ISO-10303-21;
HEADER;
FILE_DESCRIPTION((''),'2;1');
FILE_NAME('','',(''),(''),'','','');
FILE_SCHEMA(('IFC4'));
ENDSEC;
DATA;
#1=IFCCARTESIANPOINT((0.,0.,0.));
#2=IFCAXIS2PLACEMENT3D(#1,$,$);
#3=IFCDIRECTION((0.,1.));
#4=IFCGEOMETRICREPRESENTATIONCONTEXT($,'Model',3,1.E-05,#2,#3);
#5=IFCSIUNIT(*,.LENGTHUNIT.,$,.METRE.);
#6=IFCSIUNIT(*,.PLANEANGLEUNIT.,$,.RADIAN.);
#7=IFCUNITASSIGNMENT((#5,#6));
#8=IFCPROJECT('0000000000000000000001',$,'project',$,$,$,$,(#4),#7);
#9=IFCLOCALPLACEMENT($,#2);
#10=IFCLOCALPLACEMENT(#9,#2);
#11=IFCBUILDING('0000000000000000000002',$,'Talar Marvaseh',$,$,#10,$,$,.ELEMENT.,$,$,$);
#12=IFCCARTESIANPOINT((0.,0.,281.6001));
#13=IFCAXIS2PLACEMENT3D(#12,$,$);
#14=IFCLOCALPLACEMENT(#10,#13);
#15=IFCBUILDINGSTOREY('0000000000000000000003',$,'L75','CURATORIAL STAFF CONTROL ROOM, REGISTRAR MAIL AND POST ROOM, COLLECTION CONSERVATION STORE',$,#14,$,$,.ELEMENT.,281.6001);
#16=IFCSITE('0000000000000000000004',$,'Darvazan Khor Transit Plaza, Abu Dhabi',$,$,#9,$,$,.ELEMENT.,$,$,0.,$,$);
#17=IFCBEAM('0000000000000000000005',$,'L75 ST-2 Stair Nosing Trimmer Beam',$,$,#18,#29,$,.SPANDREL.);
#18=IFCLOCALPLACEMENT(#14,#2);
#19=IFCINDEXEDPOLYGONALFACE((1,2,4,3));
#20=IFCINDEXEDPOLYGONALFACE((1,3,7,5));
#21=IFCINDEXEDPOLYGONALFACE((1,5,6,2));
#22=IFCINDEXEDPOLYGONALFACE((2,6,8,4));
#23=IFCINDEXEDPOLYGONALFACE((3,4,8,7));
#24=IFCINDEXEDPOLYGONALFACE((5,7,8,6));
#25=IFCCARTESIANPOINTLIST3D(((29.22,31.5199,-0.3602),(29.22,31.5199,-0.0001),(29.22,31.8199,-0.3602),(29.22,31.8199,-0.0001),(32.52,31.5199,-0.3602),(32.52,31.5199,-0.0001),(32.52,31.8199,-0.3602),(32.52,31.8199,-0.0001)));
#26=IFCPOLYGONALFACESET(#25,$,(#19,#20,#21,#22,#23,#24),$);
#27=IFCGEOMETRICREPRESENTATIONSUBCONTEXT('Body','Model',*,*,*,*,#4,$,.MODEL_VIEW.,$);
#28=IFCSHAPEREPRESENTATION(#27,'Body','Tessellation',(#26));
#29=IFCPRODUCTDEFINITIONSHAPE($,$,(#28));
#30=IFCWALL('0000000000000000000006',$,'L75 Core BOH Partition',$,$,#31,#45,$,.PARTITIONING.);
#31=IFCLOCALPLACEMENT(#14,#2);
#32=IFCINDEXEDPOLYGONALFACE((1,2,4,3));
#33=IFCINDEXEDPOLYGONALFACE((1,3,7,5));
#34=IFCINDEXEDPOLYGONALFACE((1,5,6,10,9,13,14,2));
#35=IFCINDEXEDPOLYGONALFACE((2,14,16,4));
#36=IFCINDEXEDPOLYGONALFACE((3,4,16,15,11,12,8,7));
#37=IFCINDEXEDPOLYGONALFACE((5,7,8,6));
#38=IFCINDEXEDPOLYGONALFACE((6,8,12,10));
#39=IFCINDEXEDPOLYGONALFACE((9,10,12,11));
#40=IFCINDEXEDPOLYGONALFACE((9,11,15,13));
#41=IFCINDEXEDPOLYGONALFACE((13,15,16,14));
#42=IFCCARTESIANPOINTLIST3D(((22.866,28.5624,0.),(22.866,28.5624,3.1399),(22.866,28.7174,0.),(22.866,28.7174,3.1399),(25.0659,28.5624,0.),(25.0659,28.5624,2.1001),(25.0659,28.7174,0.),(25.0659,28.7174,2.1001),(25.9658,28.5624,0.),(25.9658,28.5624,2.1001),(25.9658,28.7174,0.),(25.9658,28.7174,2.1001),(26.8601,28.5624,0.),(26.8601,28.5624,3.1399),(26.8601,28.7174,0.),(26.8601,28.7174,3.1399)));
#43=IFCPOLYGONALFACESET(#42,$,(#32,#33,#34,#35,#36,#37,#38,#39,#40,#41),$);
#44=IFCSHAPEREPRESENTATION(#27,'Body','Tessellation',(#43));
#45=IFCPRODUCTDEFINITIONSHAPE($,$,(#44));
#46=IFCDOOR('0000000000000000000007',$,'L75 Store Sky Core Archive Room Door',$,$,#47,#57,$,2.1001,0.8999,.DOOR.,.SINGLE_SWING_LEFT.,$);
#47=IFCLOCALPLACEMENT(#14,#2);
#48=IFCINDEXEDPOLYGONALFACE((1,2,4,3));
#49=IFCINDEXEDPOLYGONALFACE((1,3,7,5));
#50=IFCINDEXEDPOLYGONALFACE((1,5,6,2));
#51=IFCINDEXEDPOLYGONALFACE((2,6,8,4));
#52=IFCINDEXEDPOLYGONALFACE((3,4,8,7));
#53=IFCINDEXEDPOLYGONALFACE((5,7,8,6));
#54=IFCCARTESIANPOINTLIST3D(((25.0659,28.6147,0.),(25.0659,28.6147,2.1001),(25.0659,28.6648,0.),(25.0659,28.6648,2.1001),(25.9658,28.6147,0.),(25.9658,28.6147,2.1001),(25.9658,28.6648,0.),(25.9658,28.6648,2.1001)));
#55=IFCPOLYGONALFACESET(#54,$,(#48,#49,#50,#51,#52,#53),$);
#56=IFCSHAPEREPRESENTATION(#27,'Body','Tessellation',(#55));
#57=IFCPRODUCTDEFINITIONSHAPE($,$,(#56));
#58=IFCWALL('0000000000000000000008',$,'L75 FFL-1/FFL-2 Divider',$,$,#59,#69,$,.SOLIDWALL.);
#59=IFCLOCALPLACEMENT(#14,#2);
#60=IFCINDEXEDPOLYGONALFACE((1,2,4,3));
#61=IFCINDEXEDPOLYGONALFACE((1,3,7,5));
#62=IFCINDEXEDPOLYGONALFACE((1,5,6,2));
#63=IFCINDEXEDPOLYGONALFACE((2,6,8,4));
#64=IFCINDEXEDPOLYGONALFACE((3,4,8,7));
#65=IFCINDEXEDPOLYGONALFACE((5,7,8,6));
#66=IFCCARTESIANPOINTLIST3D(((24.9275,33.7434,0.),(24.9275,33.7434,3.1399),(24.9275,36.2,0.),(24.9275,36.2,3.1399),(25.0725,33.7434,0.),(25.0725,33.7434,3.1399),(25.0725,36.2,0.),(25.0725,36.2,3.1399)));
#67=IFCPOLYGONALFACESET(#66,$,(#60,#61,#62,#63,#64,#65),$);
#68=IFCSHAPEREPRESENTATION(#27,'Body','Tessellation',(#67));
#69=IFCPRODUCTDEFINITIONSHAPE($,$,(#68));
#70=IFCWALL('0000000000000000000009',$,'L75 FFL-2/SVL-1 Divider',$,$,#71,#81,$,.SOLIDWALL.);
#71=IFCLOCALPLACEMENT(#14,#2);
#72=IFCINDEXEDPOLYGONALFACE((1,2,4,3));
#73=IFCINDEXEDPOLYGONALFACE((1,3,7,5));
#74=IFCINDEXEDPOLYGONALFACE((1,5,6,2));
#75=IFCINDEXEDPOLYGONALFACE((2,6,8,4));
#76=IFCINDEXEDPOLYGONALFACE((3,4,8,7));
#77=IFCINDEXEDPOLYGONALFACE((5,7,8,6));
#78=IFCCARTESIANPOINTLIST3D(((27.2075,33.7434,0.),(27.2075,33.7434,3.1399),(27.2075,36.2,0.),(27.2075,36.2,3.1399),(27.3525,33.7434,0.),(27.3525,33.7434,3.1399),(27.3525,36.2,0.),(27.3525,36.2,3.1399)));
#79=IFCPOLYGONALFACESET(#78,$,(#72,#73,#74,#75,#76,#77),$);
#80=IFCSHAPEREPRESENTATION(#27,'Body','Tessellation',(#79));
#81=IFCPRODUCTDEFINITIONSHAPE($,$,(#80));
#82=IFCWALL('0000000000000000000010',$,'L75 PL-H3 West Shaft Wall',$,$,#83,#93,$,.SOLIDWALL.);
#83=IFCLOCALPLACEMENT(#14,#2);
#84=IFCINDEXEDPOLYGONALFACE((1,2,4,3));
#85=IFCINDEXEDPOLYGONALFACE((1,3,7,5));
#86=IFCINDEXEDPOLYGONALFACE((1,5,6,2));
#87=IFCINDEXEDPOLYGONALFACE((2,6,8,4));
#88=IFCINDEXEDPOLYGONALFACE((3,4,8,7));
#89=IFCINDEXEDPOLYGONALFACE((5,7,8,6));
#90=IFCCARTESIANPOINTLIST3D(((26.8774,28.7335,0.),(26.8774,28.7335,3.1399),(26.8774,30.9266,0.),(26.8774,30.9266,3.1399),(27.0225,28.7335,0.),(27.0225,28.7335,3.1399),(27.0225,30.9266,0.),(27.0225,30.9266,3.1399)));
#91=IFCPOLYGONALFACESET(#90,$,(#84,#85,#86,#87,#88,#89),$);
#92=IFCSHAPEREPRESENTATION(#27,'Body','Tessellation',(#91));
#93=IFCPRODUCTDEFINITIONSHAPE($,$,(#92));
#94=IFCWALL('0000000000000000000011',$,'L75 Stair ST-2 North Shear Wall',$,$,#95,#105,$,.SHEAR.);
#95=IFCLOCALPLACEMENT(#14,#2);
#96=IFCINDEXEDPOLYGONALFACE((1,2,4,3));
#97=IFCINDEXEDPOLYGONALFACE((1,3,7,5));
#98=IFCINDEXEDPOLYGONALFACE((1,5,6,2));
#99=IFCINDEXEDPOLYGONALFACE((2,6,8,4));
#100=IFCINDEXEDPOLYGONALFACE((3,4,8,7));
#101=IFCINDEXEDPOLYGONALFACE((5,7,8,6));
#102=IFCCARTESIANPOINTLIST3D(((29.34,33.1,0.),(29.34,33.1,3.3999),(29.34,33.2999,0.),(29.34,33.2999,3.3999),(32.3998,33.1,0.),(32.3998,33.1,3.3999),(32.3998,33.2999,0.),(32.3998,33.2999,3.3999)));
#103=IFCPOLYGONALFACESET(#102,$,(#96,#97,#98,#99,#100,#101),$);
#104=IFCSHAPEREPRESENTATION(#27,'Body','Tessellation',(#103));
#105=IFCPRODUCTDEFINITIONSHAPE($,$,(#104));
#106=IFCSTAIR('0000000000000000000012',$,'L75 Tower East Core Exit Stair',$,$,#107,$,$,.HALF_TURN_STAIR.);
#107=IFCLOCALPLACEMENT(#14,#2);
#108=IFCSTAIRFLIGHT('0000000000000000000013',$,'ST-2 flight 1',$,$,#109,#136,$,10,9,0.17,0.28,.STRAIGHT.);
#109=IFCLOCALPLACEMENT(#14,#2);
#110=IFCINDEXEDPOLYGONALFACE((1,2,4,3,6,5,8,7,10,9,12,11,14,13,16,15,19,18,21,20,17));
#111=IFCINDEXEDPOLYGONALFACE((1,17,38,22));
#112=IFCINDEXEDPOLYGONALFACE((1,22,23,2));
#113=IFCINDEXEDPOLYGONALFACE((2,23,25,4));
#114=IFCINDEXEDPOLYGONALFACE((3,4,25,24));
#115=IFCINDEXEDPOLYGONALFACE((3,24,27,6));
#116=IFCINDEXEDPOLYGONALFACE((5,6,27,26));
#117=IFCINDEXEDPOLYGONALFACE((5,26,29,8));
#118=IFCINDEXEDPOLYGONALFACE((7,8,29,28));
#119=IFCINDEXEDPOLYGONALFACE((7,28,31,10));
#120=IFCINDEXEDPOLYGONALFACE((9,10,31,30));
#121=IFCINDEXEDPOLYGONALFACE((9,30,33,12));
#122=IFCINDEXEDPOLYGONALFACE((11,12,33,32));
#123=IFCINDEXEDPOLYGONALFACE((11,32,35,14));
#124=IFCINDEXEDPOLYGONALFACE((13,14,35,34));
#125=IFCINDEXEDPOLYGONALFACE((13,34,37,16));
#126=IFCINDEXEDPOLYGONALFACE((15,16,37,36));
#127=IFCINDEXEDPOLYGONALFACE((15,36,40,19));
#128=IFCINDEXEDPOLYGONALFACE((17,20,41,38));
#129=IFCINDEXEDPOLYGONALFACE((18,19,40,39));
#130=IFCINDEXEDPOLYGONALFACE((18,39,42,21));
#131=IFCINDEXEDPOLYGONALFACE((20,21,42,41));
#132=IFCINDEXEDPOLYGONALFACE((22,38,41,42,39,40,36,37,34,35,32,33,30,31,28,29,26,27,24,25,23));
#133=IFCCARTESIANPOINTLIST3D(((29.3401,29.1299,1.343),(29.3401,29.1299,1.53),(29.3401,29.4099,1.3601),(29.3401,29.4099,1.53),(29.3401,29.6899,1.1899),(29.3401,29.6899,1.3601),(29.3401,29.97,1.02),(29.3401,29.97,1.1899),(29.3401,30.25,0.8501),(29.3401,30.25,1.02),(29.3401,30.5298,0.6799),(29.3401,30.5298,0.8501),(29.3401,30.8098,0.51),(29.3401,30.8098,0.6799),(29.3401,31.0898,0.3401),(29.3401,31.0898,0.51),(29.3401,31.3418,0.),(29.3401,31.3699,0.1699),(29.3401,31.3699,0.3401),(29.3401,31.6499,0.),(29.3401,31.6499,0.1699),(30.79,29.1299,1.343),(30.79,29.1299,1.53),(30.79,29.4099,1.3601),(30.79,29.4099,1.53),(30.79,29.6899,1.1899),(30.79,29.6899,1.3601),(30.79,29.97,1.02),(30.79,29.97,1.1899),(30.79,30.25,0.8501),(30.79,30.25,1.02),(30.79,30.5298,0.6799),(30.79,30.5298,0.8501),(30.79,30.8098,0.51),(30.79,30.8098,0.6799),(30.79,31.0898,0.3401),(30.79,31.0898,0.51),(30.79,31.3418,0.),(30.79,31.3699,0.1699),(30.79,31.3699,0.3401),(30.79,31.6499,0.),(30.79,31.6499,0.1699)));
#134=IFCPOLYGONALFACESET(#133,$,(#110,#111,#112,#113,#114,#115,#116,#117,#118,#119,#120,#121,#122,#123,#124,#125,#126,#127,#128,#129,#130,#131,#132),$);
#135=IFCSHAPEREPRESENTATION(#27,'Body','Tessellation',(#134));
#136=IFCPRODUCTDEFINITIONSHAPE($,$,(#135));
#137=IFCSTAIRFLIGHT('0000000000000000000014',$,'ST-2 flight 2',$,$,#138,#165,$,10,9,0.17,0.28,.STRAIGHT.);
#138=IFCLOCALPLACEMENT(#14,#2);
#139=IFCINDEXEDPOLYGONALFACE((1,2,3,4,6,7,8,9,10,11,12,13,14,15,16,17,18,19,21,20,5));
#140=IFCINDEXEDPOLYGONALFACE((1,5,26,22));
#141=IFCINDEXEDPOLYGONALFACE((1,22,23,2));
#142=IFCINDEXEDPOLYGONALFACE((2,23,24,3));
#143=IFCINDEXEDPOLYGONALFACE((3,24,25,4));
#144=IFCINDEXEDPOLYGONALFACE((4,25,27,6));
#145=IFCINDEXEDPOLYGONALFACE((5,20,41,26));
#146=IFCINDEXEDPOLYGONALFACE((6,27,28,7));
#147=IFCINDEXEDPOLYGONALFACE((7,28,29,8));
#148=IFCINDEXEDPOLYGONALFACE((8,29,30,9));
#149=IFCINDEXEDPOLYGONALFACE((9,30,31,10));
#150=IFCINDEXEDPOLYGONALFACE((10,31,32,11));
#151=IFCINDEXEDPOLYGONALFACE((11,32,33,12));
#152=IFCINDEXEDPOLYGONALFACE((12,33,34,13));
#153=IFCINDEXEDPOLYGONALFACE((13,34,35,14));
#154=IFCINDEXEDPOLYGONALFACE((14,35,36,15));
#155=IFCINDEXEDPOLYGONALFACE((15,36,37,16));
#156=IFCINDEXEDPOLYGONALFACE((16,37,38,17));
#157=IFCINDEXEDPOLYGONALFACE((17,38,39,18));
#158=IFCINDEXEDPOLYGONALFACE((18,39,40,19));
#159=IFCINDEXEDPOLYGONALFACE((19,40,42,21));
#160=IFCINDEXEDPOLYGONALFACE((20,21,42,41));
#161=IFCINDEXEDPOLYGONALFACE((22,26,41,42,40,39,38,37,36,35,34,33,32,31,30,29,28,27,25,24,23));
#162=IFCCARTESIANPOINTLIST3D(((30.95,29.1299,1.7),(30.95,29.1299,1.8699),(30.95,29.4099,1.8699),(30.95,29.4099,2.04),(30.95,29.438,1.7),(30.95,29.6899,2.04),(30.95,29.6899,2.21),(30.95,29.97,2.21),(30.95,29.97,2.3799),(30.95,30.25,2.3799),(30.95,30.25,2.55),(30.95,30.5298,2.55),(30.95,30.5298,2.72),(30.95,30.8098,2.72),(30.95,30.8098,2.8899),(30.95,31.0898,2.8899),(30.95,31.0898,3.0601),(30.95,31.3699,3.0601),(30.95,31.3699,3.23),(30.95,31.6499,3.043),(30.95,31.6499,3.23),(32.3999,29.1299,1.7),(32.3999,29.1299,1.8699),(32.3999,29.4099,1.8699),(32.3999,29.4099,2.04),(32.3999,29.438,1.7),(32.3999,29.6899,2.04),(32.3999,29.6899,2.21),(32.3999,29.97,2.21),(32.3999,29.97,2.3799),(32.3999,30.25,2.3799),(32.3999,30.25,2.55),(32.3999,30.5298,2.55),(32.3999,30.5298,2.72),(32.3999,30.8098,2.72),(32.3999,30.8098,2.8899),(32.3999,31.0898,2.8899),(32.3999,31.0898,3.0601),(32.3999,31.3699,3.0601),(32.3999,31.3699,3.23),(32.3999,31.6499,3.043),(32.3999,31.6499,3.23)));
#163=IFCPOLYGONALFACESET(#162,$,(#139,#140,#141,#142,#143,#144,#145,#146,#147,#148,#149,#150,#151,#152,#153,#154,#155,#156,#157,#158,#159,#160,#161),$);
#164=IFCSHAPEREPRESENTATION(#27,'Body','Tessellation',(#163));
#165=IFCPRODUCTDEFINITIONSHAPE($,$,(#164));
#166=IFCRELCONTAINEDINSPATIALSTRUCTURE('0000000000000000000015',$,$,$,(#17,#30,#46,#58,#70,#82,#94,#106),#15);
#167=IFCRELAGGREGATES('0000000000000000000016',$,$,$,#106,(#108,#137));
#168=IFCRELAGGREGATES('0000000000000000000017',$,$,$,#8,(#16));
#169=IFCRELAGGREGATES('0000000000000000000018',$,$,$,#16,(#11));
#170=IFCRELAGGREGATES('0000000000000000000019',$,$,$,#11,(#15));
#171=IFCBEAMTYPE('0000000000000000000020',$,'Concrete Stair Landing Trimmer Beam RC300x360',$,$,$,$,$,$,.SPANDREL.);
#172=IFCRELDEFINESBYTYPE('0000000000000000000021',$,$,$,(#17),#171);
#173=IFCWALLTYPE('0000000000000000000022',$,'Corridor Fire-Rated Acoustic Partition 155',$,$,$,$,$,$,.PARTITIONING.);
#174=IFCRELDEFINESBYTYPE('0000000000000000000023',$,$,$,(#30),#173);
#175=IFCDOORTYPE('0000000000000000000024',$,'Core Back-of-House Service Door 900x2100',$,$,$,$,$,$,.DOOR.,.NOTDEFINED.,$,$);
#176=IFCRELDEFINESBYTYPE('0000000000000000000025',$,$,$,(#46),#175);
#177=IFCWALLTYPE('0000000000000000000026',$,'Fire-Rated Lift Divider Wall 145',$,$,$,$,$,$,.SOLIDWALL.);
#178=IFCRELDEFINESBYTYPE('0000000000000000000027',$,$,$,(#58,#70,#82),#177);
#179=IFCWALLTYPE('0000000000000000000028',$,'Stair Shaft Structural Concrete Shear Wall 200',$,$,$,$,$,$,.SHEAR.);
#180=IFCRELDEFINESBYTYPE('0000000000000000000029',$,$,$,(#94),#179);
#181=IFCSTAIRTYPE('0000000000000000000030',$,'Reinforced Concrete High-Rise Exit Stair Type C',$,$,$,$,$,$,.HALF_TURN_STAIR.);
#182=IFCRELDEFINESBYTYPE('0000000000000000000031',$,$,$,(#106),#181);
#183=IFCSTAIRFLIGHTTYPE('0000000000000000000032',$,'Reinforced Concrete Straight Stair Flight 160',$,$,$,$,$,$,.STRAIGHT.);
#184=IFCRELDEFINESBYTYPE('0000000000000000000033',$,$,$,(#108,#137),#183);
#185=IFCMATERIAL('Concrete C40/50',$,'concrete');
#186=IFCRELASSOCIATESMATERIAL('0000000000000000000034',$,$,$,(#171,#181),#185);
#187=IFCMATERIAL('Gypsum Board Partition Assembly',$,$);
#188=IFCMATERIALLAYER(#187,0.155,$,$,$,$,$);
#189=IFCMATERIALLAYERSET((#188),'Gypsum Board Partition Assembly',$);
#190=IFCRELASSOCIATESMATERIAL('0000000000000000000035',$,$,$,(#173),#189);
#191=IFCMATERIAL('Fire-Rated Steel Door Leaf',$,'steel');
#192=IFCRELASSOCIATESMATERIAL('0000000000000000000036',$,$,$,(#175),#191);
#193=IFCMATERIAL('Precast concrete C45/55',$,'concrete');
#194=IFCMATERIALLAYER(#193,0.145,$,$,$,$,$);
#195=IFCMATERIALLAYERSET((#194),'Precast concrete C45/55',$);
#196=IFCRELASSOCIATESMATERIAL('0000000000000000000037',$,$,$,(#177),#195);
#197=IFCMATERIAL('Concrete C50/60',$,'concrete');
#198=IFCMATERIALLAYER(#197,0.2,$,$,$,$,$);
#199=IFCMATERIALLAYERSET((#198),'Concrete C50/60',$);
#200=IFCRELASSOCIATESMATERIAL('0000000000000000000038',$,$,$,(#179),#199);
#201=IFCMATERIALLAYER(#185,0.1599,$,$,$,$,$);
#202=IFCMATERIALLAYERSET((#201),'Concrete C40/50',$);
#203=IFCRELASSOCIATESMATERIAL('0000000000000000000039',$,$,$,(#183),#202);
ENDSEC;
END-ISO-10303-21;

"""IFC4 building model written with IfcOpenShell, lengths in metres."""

from ifc_helpers import new_model, si_unit, direction, frame, frame_2d, origin, origin_2d, place, context, subcontext, project, spatial, polyline, rectangle, outline, extrude, source, transform, mapped, material, layer, layer_set, material_profile, profile_set, type_object, type_shapes, element, fill, aggregate, save


model = new_model("IFC4")

# Units and contexts
model_context = context("Model", 3, precision=1e-05, world=origin(), true_north=direction((0.0, 1.0)))
body_context = subcontext(model_context, "Body", "Model", "MODEL_VIEW")
ifc_project = project(units=[si_unit("LENGTHUNIT", "METRE"), si_unit("PLANEANGLEUNIT", "RADIAN")], contexts=[model_context])

# Site, building, storey
site_placement = place(None, origin())
site = spatial("IfcSite", under=ifc_project, at=site_placement, Name="Darvazan Khor Transit Plaza, Abu Dhabi", CompositionType="ELEMENT", RefElevation=0.0)
building_placement = place(site_placement, origin())
building = spatial("IfcBuilding", under=site, at=building_placement, Name="Talar Marvaseh", CompositionType="ELEMENT")
storey_placement = place(building_placement, frame((0.0, 0.0, 281.6001)))
storey = spatial("IfcBuildingStorey", under=building, at=storey_placement, Name="L75", Description="CURATORIAL STAFF CONTROL ROOM, REGISTRAR MAIL AND POST ROOM, COLLECTION CONSERVATION STORE", CompositionType="ELEMENT", Elevation=281.6001)

# Beam
ifc_material_1 = material(Name="Concrete C40/50", Category="concrete")
ifc_material_profile = material_profile(ifc_material_1, rectangle(XDim=0.3, YDim=0.3601, at=origin_2d()), Name="RC300x360")
ifc_profile_set = profile_set([ifc_material_profile], Name="Concrete C40/50")
beam_type = type_object("IfcBeamType", Name="Concrete Stair Landing Trimmer Beam RC300x360", PredefinedType="SPANDREL", material=ifc_profile_set)
beam_placement = place(storey_placement, frame((29.22, 31.6699, -0.1802), z_axis=(1.0, 0.0, 0.0), x_axis=(0.0, 1.0, 0.0)))
element("IfcBeam", 1, at=beam_placement, inside=storey, type_object=beam_type, Name="L75 ST-2 Stair Nosing Trimmer Beam", PredefinedType="SPANDREL", context=body_context, shape_type="SweptSolid", body=[
    extrude(rectangle(XDim=0.3, YDim=0.3601, at=origin_2d()), origin(), (0.0, 0.0, 1.0), 3.3),
])

# Wall, opening, door
ifc_material_2 = material(Name="Gypsum Board Partition Assembly")
ifc_layer_1 = layer(ifc_material_2, 0.155)
ifc_layer_set_1 = layer_set([ifc_layer_1], Name="Gypsum Board Partition Assembly")
wall_type_1 = type_object("IfcWallType", Name="Corridor Fire-Rated Acoustic Partition 155", PredefinedType="PARTITIONING", material=ifc_layer_set_1)
wall_1_placement = place(storey_placement, frame((22.866, 28.6399, 0.0), z_axis=(0.0, 0.0, 1.0), x_axis=(1.0, 0.0, 0.0)))
wall_1 = element("IfcWall", 2, at=wall_1_placement, inside=storey, type_object=wall_type_1, Name="L75 Core BOH Partition", PredefinedType="PARTITIONING", context=body_context, shape_type="SweptSolid", body=[
    extrude(rectangle(XDim=3.9941, YDim=0.155, at=frame_2d((1.9971, 0.0))), origin(), (0.0, 0.0, 1.0), 3.1399),
])
opening_1_placement = place(wall_1_placement, frame((2.2, 0.0, 0.0)))
opening_1 = element("IfcOpeningElement", 3, at=opening_1_placement, cuts=wall_1, PredefinedType="OPENING", context=body_context, shape_type="SweptSolid", body=[
    extrude(rectangle(XDim=0.8999, YDim=2.1001, at=frame_2d((0.45, 1.05))), frame((0.0, 0.0874, 0.0), z_axis=(0.0, -1.0, 0.0), x_axis=(1.0, 0.0, 0.0)), (0.0, 0.0, 1.0), 0.175),
])
ifc_material_3 = material(Name="Fire-Rated Steel Door Leaf", Category="steel")
door_type_1 = type_object("IfcDoorType", Name="Core Back-of-House Service Door 900x2100", OperationType="NOTDEFINED", PredefinedType="DOOR", material=ifc_material_3)
shared_shape_1 = source(origin(), body_context, "Body", "SweptSolid", [
    extrude(rectangle(XDim=0.8999, YDim=2.1001, at=frame_2d((0.45, 1.05))), frame((0.0, 0.0249, 0.0), z_axis=(0.0, -1.0, 0.0), x_axis=(1.0, 0.0, 0.0)), (0.0, 0.0, 1.0), 0.05),
])
type_shapes(door_type_1, [shared_shape_1])
door_1_placement = place(opening_1_placement, origin())
door_1 = element("IfcDoor", 4, at=door_1_placement, inside=storey, type_object=door_type_1, Name="L75 Store Sky Core Archive Room Door", OperationType="SINGLE_SWING_LEFT", OverallHeight=2.1001, OverallWidth=0.8999, PredefinedType="DOOR", context=body_context, shape_type="MappedRepresentation", body=[
    mapped(shared_shape_1, transform((0.0, 0.0, 0.0), x_axis=(1.0, 0.0, 0.0), y_axis=(0.0, 1.0, 0.0), z_axis=(0.0, 0.0, 1.0), scale=1.0)),
])
fill(opening_1, door_1)

# Walls
ifc_material_4 = material(Name="Precast concrete C45/55", Category="concrete")
ifc_layer_2 = layer(ifc_material_4, 0.145)
ifc_layer_set_2 = layer_set([ifc_layer_2], Name="Precast concrete C45/55")
wall_type_2 = type_object("IfcWallType", Name="Fire-Rated Lift Divider Wall 145", PredefinedType="SOLIDWALL", material=ifc_layer_set_2)
for number, where, z_axis, x_axis, name in (
    (5, (25.0, 33.7434, 0.0), (0.0, 0.0, 1.0), (0.0, 1.0, 0.0), "L75 FFL-1/FFL-2 Divider"),
    (6, (27.28, 33.7434, 0.0), (0.0, 0.0, 1.0), (0.0, 1.0, 0.0), "L75 FFL-2/SVL-1 Divider"),
):
    element("IfcWall", number, at=place(storey_placement, frame(where, z_axis=z_axis, x_axis=x_axis)), inside=storey, type_object=wall_type_2, Name=name, PredefinedType="SOLIDWALL", context=body_context, shape_type="SweptSolid", body=[
        extrude(rectangle(XDim=2.4565, YDim=0.145, at=frame_2d((1.2283, 0.0))), origin(), (0.0, 0.0, 1.0), 3.1399),
    ])
wall_2_placement = place(storey_placement, frame((26.95, 28.7334, 0.0), z_axis=(0.0, 0.0, 1.0), x_axis=(0.0, 1.0, 0.0)))
element("IfcWall", 7, at=wall_2_placement, inside=storey, type_object=wall_type_2, Name="L75 PL-H3 West Shaft Wall", PredefinedType="SOLIDWALL", context=body_context, shape_type="SweptSolid", body=[
    extrude(rectangle(XDim=2.1931, YDim=0.145, at=frame_2d((1.0967, 0.0))), origin(), (0.0, 0.0, 1.0), 3.1399),
])

# Wall
ifc_material_5 = material(Name="Concrete C50/60", Category="concrete")
ifc_layer_3 = layer(ifc_material_5, 0.2)
ifc_layer_set_3 = layer_set([ifc_layer_3], Name="Concrete C50/60")
wall_type_3 = type_object("IfcWallType", Name="Stair Shaft Structural Concrete Shear Wall 200", PredefinedType="SHEAR", material=ifc_layer_set_3)
wall_3_placement = place(storey_placement, frame((29.3401, 33.2, 0.0), z_axis=(0.0, 0.0, 1.0), x_axis=(1.0, 0.0, 0.0)))
element("IfcWall", 8, at=wall_3_placement, inside=storey, type_object=wall_type_3, Name="L75 Stair ST-2 North Shear Wall", PredefinedType="SHEAR", context=body_context, shape_type="SweptSolid", body=[
    extrude(rectangle(XDim=3.0598, YDim=0.2, at=frame_2d((1.5298, 0.0))), origin(), (0.0, 0.0, 1.0), 3.3999),
])

# Stair, stair flights
stair_type = type_object("IfcStairType", Name="Reinforced Concrete High-Rise Exit Stair Type C", PredefinedType="HALF_TURN_STAIR", material=ifc_material_1)
stair_placement = place(storey_placement, origin())
stair = element("IfcStair", 9, at=stair_placement, inside=storey, type_object=stair_type, Name="L75 Tower East Core Exit Stair", PredefinedType="HALF_TURN_STAIR")
ifc_layer_4 = layer(ifc_material_1, 0.1599)
ifc_layer_set_4 = layer_set([ifc_layer_4], Name="Concrete C40/50")
stair_flight_type = type_object("IfcStairFlightType", Name="Reinforced Concrete Straight Stair Flight 160", PredefinedType="STRAIGHT", material=ifc_layer_set_4)
stair_flight_1_placement = place(storey_placement, frame((30.0649, 31.6499, 0.0), z_axis=(0.0, 0.0, 1.0), x_axis=(0.0, -1.0, 0.0)))
stair_flight_1 = element("IfcStairFlight", 10, at=stair_flight_1_placement, type_object=stair_flight_type, Name="ST-2 flight 1", NumberOfRisers=10, NumberOfTreads=9, PredefinedType="STRAIGHT", RiserHeight=0.17, TreadLength=0.28, context=body_context, shape_type="SweptSolid", body=[
    extrude(outline(polyline([(0.0, 0.0), (0.0, 0.1699), (0.28, 0.1699), (0.28, 0.3401), (0.5601, 0.3401), (0.5601, 0.51), (0.8401, 0.51), (0.8401, 0.6799), (1.1201, 0.6799), (1.1201, 0.8501), (1.3999, 0.8501), (1.3999, 1.02), (1.6799, 1.02), (1.6799, 1.1899), (1.96, 1.1899), (1.96, 1.3601), (2.24, 1.3601), (2.24, 1.53), (2.52, 1.53), (2.52, 1.7), (2.52, 1.343), (0.3081, 0.0), (0.0, 0.0)])), frame((0.0, 0.7251, 0.0), z_axis=(0.0, -1.0, 0.0), x_axis=(1.0, 0.0, 0.0)), (0.0, 0.0, 1.0), 1.45),
])
stair_flight_2_placement = place(storey_placement, frame((31.675, 29.1299, 1.7), z_axis=(0.0, 0.0, 1.0), x_axis=(0.0, 1.0, 0.0)))
stair_flight_2 = element("IfcStairFlight", 11, at=stair_flight_2_placement, type_object=stair_flight_type, Name="ST-2 flight 2", NumberOfRisers=10, NumberOfTreads=9, PredefinedType="STRAIGHT", RiserHeight=0.17, TreadLength=0.28, context=body_context, shape_type="SweptSolid", body=[
    extrude(outline(polyline([(0.0, 0.0), (0.0, 0.1699), (0.28, 0.1699), (0.28, 0.3401), (0.5601, 0.3401), (0.5601, 0.51), (0.8401, 0.51), (0.8401, 0.6799), (1.1201, 0.6799), (1.1201, 0.8501), (1.3999, 0.8501), (1.3999, 1.02), (1.6799, 1.02), (1.6799, 1.1899), (1.96, 1.1899), (1.96, 1.3601), (2.24, 1.3601), (2.24, 1.53), (2.52, 1.53), (2.52, 1.7), (2.52, 1.343), (0.3081, 0.0), (0.0, 0.0)])), frame((0.0, 0.7251, 0.0), z_axis=(0.0, -1.0, 0.0), x_axis=(1.0, 0.0, 0.0)), (0.0, 0.0, 1.0), 1.45),
])
aggregate(stair, [stair_flight_1, stair_flight_2])

save(model, "model.ifc")
